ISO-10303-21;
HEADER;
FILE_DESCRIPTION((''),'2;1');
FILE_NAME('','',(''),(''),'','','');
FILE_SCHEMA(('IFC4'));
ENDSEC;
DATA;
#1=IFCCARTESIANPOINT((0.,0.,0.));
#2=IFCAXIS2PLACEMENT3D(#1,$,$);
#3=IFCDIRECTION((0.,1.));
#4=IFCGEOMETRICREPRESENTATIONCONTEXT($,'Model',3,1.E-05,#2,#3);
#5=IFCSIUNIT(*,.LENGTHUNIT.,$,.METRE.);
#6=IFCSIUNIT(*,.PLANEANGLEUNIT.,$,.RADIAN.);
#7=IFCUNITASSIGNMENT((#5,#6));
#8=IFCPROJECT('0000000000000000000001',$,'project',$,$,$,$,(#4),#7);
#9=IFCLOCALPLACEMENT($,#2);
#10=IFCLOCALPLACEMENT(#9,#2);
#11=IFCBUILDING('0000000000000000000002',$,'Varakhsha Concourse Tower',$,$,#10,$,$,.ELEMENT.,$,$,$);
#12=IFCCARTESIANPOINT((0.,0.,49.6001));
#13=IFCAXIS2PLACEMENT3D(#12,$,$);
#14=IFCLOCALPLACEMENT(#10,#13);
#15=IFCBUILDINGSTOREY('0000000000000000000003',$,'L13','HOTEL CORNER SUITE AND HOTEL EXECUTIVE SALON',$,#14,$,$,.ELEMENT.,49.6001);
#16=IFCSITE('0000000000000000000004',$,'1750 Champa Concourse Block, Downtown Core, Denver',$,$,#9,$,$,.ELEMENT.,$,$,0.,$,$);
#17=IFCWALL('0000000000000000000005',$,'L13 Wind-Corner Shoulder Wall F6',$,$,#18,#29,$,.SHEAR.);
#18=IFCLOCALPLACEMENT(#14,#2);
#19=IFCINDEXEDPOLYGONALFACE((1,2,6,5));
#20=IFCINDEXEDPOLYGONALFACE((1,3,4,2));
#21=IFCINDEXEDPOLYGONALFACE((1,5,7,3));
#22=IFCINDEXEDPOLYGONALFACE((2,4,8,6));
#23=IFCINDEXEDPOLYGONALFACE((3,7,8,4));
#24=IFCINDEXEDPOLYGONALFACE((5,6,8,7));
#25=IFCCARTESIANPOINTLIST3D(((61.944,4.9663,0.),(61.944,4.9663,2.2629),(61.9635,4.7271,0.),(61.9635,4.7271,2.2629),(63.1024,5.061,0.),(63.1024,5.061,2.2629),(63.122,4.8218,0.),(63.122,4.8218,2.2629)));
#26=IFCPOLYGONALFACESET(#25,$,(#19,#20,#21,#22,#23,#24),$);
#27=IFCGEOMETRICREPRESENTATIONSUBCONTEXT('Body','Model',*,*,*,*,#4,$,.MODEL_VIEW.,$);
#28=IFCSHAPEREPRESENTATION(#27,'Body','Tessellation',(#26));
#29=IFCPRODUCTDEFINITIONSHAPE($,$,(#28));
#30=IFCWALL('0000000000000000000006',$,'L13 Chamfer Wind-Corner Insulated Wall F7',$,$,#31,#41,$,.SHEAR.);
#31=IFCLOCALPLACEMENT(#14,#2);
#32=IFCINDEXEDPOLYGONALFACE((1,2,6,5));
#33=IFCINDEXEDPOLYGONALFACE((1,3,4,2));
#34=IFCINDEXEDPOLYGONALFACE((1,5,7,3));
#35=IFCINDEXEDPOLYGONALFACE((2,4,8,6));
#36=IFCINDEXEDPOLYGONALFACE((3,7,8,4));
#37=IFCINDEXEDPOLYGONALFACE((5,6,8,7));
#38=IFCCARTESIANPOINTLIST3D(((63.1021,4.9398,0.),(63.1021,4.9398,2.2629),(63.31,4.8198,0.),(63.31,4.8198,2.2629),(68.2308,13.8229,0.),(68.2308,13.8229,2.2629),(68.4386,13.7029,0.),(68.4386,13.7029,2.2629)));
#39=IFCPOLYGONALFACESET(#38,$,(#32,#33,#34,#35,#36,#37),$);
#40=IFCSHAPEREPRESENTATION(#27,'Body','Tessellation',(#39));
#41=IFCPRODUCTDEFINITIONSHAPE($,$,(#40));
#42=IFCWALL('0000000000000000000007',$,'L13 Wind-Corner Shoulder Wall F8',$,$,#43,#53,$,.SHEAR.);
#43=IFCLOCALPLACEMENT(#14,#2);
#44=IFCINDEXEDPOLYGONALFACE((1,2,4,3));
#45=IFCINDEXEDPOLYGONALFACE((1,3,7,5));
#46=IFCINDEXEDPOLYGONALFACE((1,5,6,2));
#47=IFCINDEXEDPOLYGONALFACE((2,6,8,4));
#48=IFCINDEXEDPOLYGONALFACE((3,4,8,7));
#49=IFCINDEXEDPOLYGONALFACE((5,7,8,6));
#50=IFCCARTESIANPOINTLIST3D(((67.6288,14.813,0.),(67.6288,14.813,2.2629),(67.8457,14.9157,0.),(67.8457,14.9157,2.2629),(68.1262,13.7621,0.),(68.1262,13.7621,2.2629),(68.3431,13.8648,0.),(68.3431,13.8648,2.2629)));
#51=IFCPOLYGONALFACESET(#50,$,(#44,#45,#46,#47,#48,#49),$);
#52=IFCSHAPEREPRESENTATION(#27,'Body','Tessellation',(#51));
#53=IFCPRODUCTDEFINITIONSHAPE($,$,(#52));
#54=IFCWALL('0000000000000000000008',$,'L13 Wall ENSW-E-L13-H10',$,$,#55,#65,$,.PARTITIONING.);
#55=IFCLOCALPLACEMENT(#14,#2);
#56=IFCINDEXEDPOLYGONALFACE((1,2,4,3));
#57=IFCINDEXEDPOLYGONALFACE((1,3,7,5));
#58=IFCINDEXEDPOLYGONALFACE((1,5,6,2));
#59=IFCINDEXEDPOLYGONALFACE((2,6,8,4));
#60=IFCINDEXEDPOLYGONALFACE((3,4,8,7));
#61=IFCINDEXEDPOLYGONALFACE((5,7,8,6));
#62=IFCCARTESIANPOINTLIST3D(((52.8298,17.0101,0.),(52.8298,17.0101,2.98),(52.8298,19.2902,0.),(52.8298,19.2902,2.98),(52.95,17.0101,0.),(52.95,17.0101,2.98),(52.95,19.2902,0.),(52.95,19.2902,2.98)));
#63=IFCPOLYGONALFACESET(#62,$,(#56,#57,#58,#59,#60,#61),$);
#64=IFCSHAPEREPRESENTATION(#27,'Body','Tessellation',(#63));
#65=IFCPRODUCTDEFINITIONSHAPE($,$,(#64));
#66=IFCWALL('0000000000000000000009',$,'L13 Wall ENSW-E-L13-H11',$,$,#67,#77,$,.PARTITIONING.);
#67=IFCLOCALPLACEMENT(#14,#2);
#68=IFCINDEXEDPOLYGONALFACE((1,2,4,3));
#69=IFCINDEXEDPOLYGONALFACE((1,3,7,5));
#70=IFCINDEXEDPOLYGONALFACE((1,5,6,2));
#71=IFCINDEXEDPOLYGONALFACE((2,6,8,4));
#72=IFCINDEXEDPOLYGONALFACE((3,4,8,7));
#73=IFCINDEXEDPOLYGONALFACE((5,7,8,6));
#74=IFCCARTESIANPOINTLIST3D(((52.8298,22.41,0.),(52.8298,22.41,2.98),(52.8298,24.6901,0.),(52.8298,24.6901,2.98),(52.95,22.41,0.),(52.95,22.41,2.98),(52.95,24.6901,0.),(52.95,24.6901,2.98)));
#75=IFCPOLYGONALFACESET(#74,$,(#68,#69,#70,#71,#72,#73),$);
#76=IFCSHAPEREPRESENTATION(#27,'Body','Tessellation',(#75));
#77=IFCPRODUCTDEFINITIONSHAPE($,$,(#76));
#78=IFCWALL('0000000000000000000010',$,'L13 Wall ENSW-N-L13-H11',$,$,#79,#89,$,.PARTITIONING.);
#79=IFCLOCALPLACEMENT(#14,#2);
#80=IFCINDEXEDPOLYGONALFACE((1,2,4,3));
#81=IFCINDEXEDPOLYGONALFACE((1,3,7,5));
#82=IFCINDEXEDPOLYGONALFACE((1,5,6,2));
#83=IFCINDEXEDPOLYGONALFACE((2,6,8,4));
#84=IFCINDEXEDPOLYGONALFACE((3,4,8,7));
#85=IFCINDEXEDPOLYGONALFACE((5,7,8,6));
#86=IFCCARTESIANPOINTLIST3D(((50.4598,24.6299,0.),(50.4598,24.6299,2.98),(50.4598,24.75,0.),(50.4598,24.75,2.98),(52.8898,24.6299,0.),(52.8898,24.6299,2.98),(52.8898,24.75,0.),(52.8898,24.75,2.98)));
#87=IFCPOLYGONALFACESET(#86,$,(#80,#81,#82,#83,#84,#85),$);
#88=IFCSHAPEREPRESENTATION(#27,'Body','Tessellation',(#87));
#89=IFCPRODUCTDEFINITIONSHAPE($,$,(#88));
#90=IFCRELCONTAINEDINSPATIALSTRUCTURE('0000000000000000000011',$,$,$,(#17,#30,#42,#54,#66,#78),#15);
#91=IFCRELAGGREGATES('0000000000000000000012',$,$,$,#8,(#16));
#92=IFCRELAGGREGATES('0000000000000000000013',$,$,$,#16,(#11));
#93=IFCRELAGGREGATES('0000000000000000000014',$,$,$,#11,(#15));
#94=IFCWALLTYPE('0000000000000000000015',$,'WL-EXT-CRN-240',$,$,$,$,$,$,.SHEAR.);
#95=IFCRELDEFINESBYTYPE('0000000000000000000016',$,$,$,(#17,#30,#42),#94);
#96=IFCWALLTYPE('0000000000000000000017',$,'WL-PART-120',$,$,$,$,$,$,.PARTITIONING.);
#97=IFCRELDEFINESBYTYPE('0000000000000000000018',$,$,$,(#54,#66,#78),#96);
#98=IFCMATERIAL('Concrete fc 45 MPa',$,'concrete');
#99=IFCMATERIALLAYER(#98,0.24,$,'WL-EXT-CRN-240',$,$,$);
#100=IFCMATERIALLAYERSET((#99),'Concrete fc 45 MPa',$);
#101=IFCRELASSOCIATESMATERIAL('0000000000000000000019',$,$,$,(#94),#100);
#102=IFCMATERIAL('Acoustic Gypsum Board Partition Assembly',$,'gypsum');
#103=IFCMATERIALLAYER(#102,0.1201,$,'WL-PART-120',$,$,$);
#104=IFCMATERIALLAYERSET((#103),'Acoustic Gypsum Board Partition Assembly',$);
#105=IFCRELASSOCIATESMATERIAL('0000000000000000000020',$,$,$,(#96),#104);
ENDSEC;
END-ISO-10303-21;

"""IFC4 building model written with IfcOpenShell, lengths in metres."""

from ifc_helpers import new_model, si_unit, direction, frame, frame_2d, origin, place, context, subcontext, project, spatial, rectangle, extrude, material, layer, layer_set, type_object, element, save


model = new_model("IFC4")

# Units and contexts
model_context = context("Model", 3, precision=1e-05, world=origin(), true_north=direction((0.0, 1.0)))
body_context = subcontext(model_context, "Body", "Model", "MODEL_VIEW")
ifc_project = project(units=[si_unit("LENGTHUNIT", "METRE"), si_unit("PLANEANGLEUNIT", "RADIAN")], contexts=[model_context])

# Site, building, storey
site_placement = place(None, origin())
site = spatial("IfcSite", under=ifc_project, at=site_placement, Name="1750 Champa Concourse Block, Downtown Core, Denver", CompositionType="ELEMENT", RefElevation=0.0)
building_placement = place(site_placement, origin())
building = spatial("IfcBuilding", under=site, at=building_placement, Name="Varakhsha Concourse Tower", CompositionType="ELEMENT")
storey_placement = place(building_placement, frame((0.0, 0.0, 49.6001)))
storey = spatial("IfcBuildingStorey", under=building, at=storey_placement, Name="L13", Description="HOTEL CORNER SUITE AND HOTEL EXECUTIVE SALON", CompositionType="ELEMENT", Elevation=49.6001)

# Walls
ifc_material_1 = material(Name="Concrete fc 45 MPa", Category="concrete")
ifc_layer_1 = layer(ifc_material_1, 0.24, Name="WL-EXT-CRN-240")
ifc_layer_set_1 = layer_set([ifc_layer_1], Name="Concrete fc 45 MPa")
wall_type_1 = type_object("IfcWallType", Name="WL-EXT-CRN-240", PredefinedType="SHEAR", material=ifc_layer_set_1)
wall_1_placement = place(storey_placement, frame((61.9539, 4.8467, 0.0), z_axis=(0.0, 0.0, 1.0), x_axis=(0.996673, 0.081498, 0.0)))
element("IfcWall", 1, at=wall_1_placement, inside=storey, type_object=wall_type_1, Name="L13 Wind-Corner Shoulder Wall F6", PredefinedType="SHEAR", context=body_context, shape_type="SweptSolid", body=[
    extrude(rectangle(XDim=1.1624, YDim=0.24, at=frame_2d((0.5811, 0.0))), origin(), (0.0, 0.0, 1.0), 2.2629),
])
wall_2_placement = place(storey_placement, frame((68.3347, 13.7629, 0.0), z_axis=(0.0, 0.0, 1.0), x_axis=(-0.500002, -0.866024, 0.0)))
element("IfcWall", 2, at=wall_2_placement, inside=storey, type_object=wall_type_1, Name="L13 Chamfer Wind-Corner Insulated Wall F7", PredefinedType="SHEAR", context=body_context, shape_type="SweptSolid", body=[
    extrude(rectangle(XDim=10.2573, YDim=0.24, at=frame_2d((5.1287, 0.0))), origin(), (0.0, 0.0, 1.0), 2.2629),
])
wall_3_placement = place(storey_placement, frame((68.2346, 13.8135, 0.0), z_axis=(0.0, 0.0, 1.0), x_axis=(-0.427788, 0.903879, 0.0)))
element("IfcWall", 3, at=wall_3_placement, inside=storey, type_object=wall_type_1, Name="L13 Wind-Corner Shoulder Wall F8", PredefinedType="SHEAR", context=body_context, shape_type="SweptSolid", body=[
    extrude(rectangle(XDim=1.1626, YDim=0.24, at=frame_2d((0.5813, 0.0))), origin(), (0.0, 0.0, 1.0), 2.2629),
])
ifc_material_2 = material(Name="Acoustic Gypsum Board Partition Assembly", Category="gypsum")
ifc_layer_2 = layer(ifc_material_2, 0.1201, Name="WL-PART-120")
ifc_layer_set_2 = layer_set([ifc_layer_2], Name="Acoustic Gypsum Board Partition Assembly")
wall_type_2 = type_object("IfcWallType", Name="WL-PART-120", PredefinedType="PARTITIONING", material=ifc_layer_set_2)
for number, where, z_axis, x_axis, name in (
    (4, (52.8899, 17.01, 0.0), (0.0, 0.0, 1.0), (0.0, 1.0, 0.0), "L13 Wall ENSW-E-L13-H10"),
    (5, (52.8899, 22.4099, 0.0), (0.0, 0.0, 1.0), (0.0, 1.0, 0.0), "L13 Wall ENSW-E-L13-H11"),
):
    element("IfcWall", number, at=place(storey_placement, frame(where, z_axis=z_axis, x_axis=x_axis)), inside=storey, type_object=wall_type_2, Name=name, PredefinedType="PARTITIONING", context=body_context, shape_type="SweptSolid", body=[
        extrude(rectangle(XDim=2.28, YDim=0.1201, at=frame_2d((1.1401, 0.0))), origin(), (0.0, 0.0, 1.0), 2.98),
    ])
wall_4_placement = place(storey_placement, frame((50.46, 24.6899, 0.0), z_axis=(0.0, 0.0, 1.0), x_axis=(1.0, 0.0, 0.0)))
element("IfcWall", 6, at=wall_4_placement, inside=storey, type_object=wall_type_2, Name="L13 Wall ENSW-N-L13-H11", PredefinedType="PARTITIONING", context=body_context, shape_type="SweptSolid", body=[
    extrude(rectangle(XDim=2.4299, YDim=0.1201, at=frame_2d((1.2148, 0.0))), origin(), (0.0, 0.0, 1.0), 2.98),
])

save(model, "model.ifc")
